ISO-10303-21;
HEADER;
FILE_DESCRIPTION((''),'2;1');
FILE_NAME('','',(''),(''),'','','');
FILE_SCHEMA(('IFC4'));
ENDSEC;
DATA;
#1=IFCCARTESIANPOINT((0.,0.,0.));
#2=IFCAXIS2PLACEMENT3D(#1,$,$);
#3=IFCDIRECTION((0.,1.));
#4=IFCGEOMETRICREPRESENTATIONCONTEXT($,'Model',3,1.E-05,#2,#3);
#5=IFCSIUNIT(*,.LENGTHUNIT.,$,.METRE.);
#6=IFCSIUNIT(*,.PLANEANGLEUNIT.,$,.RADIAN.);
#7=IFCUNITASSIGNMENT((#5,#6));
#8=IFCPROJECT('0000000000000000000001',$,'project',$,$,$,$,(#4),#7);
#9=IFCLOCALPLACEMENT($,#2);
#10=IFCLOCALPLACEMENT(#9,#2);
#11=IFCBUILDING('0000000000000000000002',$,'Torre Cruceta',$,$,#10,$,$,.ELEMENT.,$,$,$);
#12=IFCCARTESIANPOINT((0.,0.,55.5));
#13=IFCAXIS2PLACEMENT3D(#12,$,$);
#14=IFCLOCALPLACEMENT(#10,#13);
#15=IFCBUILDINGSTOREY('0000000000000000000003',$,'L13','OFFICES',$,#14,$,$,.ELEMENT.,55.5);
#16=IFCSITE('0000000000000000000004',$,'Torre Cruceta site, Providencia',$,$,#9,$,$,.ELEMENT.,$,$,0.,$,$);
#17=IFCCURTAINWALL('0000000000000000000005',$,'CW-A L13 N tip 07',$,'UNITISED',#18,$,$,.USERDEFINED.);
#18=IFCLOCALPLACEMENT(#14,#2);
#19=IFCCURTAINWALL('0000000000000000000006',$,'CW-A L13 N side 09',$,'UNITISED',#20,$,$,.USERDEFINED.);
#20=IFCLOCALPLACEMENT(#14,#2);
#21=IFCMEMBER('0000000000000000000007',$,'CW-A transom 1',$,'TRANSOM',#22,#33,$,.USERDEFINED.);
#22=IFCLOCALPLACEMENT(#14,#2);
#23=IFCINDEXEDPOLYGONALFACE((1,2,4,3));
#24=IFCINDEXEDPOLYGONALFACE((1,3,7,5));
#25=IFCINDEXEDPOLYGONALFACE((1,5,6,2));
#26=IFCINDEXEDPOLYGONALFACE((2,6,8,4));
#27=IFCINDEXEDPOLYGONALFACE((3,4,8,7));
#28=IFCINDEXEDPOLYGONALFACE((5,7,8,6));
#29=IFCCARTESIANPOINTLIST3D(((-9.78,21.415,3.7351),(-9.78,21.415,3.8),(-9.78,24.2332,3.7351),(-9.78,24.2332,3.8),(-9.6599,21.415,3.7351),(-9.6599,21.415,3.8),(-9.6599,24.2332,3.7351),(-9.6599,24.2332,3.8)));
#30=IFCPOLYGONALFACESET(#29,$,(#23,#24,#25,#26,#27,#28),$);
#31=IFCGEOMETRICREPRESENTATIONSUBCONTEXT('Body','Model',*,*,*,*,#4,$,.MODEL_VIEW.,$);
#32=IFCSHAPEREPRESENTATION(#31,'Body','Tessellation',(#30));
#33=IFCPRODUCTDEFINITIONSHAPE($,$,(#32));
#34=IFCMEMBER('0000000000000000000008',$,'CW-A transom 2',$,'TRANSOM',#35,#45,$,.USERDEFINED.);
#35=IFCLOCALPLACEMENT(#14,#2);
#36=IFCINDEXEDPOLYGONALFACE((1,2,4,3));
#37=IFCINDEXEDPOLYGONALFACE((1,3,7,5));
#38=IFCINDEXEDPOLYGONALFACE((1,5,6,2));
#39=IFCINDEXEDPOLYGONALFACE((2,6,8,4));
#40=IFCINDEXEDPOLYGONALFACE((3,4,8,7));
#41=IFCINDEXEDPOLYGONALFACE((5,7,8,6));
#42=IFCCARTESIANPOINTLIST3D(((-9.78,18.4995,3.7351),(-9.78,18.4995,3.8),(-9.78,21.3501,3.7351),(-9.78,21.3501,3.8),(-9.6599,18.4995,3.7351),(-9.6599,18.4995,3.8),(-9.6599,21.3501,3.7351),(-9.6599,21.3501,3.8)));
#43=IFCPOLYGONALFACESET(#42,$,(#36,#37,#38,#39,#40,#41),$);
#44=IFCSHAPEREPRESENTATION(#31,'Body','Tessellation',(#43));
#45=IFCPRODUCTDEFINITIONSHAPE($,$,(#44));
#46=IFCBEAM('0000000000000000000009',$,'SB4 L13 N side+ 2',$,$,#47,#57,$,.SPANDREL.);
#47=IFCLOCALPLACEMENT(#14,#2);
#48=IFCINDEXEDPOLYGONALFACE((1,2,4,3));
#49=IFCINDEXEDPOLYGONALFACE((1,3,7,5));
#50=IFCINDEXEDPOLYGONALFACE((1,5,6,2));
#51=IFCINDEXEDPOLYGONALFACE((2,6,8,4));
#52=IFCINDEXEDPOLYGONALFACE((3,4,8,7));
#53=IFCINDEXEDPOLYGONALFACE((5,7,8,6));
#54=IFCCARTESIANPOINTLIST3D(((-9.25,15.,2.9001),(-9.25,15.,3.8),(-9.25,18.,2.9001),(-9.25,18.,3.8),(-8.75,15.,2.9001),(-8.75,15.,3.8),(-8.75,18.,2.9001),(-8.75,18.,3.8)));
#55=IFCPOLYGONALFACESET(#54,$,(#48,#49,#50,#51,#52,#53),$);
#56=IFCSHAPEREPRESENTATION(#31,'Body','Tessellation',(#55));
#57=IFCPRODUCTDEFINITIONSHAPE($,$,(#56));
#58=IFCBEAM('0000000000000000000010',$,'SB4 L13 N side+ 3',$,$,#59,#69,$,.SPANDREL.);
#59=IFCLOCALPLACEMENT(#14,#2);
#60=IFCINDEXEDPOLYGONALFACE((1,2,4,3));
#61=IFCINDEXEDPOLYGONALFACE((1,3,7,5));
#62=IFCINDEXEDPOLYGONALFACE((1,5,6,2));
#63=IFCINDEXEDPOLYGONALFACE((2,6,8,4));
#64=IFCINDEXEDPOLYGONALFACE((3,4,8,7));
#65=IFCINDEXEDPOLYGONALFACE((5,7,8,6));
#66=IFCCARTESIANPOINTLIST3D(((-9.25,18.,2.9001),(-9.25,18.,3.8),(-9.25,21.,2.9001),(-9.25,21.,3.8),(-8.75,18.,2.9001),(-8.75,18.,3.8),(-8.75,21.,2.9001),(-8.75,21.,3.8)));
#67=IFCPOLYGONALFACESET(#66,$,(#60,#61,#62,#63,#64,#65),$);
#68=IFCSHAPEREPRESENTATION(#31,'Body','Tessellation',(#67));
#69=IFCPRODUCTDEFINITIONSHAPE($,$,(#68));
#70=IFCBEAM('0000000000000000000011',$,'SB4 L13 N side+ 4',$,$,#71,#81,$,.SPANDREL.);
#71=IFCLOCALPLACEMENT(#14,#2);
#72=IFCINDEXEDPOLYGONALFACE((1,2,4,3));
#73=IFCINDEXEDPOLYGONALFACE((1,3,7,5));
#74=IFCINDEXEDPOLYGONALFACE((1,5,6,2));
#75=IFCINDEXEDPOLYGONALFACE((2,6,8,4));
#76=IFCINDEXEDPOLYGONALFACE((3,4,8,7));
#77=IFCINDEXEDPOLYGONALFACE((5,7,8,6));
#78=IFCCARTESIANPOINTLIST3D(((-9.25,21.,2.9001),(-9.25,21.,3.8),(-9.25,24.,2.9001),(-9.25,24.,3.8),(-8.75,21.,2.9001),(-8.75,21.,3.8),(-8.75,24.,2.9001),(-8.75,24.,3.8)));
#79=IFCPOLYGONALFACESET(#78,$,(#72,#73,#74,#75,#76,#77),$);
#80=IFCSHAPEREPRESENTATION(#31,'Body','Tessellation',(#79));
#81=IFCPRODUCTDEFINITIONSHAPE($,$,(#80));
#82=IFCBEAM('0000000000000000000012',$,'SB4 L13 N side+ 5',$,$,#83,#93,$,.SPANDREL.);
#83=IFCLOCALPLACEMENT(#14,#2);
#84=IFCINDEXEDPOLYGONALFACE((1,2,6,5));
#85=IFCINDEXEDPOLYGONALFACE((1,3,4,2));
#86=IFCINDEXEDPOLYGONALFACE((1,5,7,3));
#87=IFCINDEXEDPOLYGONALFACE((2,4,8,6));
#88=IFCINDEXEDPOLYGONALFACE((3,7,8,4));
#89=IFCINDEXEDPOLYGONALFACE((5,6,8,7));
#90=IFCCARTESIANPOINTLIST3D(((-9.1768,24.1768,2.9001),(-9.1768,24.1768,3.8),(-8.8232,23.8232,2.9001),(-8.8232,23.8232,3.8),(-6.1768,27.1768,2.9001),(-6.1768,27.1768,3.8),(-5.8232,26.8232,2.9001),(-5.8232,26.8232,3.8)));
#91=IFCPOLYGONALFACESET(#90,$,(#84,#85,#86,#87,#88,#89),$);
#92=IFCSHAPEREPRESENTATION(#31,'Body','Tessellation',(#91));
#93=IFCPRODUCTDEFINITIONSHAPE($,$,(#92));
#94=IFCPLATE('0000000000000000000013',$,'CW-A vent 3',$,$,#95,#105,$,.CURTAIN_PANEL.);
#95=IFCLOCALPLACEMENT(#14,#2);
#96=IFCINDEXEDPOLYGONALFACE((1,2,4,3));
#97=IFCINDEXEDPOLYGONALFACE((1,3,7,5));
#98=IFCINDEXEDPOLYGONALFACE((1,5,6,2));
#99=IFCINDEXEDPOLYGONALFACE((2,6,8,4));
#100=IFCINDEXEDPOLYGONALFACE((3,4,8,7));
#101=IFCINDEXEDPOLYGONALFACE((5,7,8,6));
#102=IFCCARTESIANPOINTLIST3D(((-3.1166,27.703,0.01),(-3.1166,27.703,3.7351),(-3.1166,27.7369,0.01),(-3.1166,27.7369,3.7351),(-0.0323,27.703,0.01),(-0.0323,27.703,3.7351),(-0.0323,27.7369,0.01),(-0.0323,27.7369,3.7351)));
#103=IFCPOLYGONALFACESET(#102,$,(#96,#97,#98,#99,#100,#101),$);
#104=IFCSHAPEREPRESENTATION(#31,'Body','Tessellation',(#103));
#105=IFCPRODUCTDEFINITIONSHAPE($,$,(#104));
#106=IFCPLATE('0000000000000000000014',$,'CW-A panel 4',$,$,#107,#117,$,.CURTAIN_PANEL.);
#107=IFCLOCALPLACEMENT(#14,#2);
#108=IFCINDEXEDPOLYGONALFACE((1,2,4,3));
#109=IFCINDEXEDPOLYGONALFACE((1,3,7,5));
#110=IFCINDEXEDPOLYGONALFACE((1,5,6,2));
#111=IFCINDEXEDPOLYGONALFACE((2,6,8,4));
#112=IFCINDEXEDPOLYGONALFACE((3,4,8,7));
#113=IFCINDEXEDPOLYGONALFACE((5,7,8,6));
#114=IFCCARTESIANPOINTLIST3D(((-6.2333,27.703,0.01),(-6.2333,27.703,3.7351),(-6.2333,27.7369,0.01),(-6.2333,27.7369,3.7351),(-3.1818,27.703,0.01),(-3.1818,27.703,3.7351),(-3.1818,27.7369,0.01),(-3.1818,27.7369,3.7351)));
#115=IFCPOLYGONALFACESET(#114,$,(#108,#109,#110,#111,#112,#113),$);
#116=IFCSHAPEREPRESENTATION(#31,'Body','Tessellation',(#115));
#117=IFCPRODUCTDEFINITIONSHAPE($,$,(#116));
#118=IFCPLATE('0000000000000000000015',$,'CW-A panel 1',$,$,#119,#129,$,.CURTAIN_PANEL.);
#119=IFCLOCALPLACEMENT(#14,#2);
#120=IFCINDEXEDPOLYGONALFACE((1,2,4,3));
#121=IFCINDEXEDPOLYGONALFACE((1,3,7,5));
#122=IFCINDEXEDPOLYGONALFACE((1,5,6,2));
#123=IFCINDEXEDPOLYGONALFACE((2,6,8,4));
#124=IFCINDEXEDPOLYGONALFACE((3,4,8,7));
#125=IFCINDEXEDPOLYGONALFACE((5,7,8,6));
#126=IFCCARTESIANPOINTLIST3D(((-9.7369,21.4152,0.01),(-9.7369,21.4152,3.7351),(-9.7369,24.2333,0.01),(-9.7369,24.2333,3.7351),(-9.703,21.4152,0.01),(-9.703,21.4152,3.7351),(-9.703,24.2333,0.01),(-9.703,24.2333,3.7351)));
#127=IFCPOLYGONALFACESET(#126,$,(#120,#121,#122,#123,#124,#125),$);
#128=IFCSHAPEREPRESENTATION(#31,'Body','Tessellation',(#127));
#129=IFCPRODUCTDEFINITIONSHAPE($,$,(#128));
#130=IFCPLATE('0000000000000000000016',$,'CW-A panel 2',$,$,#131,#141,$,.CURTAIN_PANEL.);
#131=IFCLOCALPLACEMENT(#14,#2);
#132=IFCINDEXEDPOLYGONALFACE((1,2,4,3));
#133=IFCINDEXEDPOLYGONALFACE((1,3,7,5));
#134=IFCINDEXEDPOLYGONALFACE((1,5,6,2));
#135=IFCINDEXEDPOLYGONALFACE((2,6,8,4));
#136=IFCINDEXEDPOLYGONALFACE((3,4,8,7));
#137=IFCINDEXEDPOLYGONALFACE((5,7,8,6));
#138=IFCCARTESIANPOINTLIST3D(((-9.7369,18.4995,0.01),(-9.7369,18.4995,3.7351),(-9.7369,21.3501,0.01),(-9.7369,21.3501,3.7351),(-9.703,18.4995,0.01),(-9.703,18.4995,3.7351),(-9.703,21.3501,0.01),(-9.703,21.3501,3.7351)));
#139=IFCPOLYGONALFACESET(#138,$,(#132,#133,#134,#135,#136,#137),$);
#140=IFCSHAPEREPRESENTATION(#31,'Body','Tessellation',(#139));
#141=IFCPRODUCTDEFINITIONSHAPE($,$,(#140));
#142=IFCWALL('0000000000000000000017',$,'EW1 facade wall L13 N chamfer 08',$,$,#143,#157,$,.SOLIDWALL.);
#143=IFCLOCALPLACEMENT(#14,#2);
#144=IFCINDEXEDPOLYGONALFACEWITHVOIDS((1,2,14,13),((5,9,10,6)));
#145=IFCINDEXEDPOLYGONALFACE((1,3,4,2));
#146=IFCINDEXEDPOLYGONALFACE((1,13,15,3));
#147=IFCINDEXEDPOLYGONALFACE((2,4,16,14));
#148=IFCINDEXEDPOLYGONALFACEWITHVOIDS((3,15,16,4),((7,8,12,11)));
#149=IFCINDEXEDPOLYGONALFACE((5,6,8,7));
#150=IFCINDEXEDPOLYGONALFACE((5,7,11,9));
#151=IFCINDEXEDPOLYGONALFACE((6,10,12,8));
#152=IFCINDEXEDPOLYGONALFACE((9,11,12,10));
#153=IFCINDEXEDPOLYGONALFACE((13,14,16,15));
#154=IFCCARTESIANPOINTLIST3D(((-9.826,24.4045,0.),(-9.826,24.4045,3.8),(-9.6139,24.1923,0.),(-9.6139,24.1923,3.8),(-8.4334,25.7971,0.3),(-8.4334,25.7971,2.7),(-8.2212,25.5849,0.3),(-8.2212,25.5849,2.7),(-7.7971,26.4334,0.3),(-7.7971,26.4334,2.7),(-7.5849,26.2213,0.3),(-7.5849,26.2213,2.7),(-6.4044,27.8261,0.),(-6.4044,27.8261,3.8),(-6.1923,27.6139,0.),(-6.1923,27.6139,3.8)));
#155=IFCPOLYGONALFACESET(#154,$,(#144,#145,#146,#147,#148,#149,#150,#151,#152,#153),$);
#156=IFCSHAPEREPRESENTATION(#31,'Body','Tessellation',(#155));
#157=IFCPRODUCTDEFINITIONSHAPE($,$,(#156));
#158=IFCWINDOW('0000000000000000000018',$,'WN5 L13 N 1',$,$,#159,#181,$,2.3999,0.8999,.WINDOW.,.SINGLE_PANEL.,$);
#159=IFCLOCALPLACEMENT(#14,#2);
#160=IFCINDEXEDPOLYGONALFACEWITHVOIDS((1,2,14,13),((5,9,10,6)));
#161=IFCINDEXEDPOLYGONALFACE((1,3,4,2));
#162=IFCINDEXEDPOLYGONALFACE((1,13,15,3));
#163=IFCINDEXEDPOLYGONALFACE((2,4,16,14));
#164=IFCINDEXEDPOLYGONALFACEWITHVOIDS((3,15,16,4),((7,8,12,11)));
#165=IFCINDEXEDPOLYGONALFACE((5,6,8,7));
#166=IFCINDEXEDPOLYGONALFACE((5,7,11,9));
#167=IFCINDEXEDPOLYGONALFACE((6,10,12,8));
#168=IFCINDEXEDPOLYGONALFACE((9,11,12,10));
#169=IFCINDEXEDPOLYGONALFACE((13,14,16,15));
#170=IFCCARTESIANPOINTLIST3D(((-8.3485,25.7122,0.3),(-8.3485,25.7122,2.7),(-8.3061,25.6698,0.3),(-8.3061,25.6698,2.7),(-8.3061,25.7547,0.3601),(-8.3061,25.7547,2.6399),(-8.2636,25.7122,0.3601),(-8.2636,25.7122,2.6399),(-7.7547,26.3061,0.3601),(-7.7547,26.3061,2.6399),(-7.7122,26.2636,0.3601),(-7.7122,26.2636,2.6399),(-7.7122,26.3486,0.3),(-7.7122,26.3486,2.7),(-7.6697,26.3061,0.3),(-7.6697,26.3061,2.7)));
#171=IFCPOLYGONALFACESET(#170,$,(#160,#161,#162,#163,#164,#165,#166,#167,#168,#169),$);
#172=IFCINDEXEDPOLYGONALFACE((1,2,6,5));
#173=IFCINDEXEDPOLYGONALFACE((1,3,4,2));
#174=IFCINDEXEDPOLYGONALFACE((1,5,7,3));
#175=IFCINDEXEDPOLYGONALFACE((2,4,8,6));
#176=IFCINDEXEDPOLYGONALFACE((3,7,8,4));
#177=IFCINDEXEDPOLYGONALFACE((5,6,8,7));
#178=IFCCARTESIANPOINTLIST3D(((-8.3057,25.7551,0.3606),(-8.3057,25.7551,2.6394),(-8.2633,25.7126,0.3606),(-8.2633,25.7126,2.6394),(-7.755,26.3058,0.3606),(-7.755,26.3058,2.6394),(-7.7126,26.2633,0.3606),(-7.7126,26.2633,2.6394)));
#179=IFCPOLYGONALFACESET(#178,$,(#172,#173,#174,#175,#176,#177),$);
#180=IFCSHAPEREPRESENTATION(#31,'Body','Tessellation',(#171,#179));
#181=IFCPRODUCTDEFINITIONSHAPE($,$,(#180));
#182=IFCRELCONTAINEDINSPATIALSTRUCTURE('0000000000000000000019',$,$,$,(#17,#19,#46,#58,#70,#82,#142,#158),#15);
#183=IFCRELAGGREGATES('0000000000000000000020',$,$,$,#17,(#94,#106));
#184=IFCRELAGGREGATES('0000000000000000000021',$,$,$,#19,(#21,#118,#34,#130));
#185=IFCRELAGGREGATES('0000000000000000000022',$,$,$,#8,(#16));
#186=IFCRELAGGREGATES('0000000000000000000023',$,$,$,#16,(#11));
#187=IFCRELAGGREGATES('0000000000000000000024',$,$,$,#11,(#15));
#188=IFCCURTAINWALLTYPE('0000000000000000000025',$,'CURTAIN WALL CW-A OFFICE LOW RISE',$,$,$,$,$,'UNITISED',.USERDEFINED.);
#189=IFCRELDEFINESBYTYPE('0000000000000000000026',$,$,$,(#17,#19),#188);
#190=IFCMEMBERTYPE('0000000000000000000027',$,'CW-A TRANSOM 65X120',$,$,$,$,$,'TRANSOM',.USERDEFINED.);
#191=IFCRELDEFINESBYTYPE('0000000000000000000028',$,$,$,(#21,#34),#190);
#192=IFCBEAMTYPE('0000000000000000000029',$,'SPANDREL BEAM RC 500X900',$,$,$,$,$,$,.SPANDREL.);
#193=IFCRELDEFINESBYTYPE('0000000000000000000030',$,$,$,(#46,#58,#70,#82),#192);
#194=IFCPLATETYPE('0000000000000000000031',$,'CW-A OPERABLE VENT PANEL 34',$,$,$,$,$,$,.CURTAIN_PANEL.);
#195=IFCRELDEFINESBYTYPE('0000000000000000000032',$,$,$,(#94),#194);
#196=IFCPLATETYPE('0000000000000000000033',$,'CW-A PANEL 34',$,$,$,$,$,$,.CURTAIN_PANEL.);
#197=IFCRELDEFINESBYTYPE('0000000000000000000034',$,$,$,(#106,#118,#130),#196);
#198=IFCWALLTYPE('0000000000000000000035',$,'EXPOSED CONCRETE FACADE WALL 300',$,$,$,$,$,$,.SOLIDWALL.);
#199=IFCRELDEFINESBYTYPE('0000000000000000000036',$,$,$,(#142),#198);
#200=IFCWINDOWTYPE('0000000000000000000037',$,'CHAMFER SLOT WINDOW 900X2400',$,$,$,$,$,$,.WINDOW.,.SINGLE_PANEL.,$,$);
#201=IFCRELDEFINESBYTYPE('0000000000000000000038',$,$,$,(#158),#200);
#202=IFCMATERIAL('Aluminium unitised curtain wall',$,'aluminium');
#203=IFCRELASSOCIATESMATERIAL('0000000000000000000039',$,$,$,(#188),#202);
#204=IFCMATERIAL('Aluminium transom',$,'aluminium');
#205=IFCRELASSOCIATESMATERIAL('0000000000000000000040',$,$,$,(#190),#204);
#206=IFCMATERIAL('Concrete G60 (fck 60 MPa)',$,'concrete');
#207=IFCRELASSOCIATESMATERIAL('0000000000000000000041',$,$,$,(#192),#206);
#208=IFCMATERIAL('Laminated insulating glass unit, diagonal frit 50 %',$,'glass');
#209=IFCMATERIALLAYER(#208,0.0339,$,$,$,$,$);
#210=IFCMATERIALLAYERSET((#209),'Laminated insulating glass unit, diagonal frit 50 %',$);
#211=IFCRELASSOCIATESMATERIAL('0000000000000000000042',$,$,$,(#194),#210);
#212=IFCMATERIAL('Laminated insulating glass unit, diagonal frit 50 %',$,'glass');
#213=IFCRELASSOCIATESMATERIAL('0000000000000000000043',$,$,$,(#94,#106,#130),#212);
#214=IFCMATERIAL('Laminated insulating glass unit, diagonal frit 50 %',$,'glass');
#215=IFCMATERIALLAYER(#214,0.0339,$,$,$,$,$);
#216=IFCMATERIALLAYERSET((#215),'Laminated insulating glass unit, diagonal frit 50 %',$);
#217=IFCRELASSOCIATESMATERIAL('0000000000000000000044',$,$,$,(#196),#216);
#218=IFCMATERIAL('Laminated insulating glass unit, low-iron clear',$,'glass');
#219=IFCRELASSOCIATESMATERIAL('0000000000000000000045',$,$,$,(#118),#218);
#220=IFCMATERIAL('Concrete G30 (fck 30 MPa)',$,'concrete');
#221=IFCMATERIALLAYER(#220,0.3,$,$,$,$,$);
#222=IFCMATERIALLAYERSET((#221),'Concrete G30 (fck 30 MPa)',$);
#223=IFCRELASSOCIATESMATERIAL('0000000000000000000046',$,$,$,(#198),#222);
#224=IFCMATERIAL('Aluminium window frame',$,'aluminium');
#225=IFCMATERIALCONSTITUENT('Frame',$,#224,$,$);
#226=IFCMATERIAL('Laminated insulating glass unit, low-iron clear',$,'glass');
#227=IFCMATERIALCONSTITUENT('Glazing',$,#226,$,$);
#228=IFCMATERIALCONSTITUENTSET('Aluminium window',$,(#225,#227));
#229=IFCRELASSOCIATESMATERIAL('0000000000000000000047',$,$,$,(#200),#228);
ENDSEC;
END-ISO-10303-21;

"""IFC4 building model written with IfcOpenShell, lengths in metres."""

from ifc_helpers import new_model, si_unit, direction, frame, frame_2d, origin, origin_2d, place, context, subcontext, project, spatial, rectangle, hollow_rectangle, extrude, material, layer, layer_set, constituent, constituent_set, material_profile, profile_set, type_object, element, fill, aggregate, save


model = new_model("IFC4")

# Units and contexts
model_context = context("Model", 3, precision=1e-05, world=origin(), true_north=direction((0.0, 1.0)))
body_context = subcontext(model_context, "Body", "Model", "MODEL_VIEW")
ifc_project = project(units=[si_unit("LENGTHUNIT", "METRE"), si_unit("PLANEANGLEUNIT", "RADIAN")], contexts=[model_context])

# Site, building, storey
site_placement = place(None, origin())
site = spatial("IfcSite", under=ifc_project, at=site_placement, Name="Torre Cruceta site, Providencia", CompositionType="ELEMENT", RefElevation=0.0)
building_placement = place(site_placement, origin())
building = spatial("IfcBuilding", under=site, at=building_placement, Name="Torre Cruceta", CompositionType="ELEMENT")
storey_placement = place(building_placement, frame((0.0, 0.0, 55.5)))
storey = spatial("IfcBuildingStorey", under=building, at=storey_placement, Name="L13", Description="OFFICES", CompositionType="ELEMENT", Elevation=55.5)

# Curtain walls
ifc_material_1 = material(Name="Aluminium unitised curtain wall", Category="aluminium")
curtain_wall_type = type_object("IfcCurtainWallType", Name="CURTAIN WALL CW-A OFFICE LOW RISE", ElementType="UNITISED", PredefinedType="USERDEFINED", material=ifc_material_1)
curtain_wall_1_placement = place(storey_placement, origin())
curtain_wall_1 = element("IfcCurtainWall", 1, at=curtain_wall_1_placement, inside=storey, type_object=curtain_wall_type, Name="CW-A L13 N tip 07", ObjectType="UNITISED", PredefinedType="USERDEFINED")
curtain_wall_2_placement = place(storey_placement, origin())
curtain_wall_2 = element("IfcCurtainWall", 2, at=curtain_wall_2_placement, inside=storey, type_object=curtain_wall_type, Name="CW-A L13 N side 09", ObjectType="UNITISED", PredefinedType="USERDEFINED")

# Members
ifc_material_2 = material(Name="Aluminium transom", Category="aluminium")
ifc_material_profile_1 = material_profile(ifc_material_2, rectangle(XDim=0.1201, YDim=0.0649, at=origin_2d()), Name="AL 120X65")
ifc_profile_set_1 = profile_set([ifc_material_profile_1], Name="Aluminium transom")
member_type_1 = type_object("IfcMemberType", Name="CW-A TRANSOM 65X120", ElementType="TRANSOM", PredefinedType="USERDEFINED", material=ifc_profile_set_1)
member_1_placement = place(storey_placement, frame((-9.72, 24.2332, 3.7676), z_axis=(0.0, -1.0, 0.0), x_axis=(1.0, 0.0, 0.0)))
member_1 = element("IfcMember", 3, at=member_1_placement, type_object=member_type_1, Name="CW-A transom 1", ObjectType="TRANSOM", PredefinedType="USERDEFINED", context=body_context, shape_type="SweptSolid", body=[
    extrude(rectangle(XDim=0.1201, YDim=0.0649, at=origin_2d()), origin(), (0.0, 0.0, 1.0), 2.8181),
])
member_2_placement = place(storey_placement, frame((-9.72, 21.3501, 3.7676), z_axis=(0.0, -1.0, 0.0), x_axis=(1.0, 0.0, 0.0)))
member_2 = element("IfcMember", 4, at=member_2_placement, type_object=member_type_1, Name="CW-A transom 2", ObjectType="TRANSOM", PredefinedType="USERDEFINED", context=body_context, shape_type="SweptSolid", body=[
    extrude(rectangle(XDim=0.1201, YDim=0.0649, at=origin_2d()), origin(), (0.0, 0.0, 1.0), 2.8506),
])

# Beams
ifc_material_3 = material(Name="Concrete G60 (fck 60 MPa)", Category="concrete")
ifc_material_profile_2 = material_profile(ifc_material_3, rectangle(XDim=0.5, YDim=0.8999, at=origin_2d()), Name="RC 500X900")
ifc_profile_set_2 = profile_set([ifc_material_profile_2], Name="Concrete G60 (fck 60 MPa)")
beam_type_1 = type_object("IfcBeamType", Name="SPANDREL BEAM RC 500X900", PredefinedType="SPANDREL", material=ifc_profile_set_2)
for number, where, z_axis, x_axis, name in (
    (5, (-9.0, 15.0, 3.3501), (0.0, 1.0, 0.0), (-1.0, 0.0, 0.0), "SB4 L13 N side+ 2"),
    (6, (-9.0, 18.0, 3.3501), (0.0, 1.0, 0.0), (-1.0, 0.0, 0.0), "SB4 L13 N side+ 3"),
    (7, (-9.0, 21.0, 3.3501), (0.0, 1.0, 0.0), (-1.0, 0.0, 0.0), "SB4 L13 N side+ 4"),
):
    element("IfcBeam", number, at=place(storey_placement, frame(where, z_axis=z_axis, x_axis=x_axis)), inside=storey, type_object=beam_type_1, Name=name, PredefinedType="SPANDREL", context=body_context, shape_type="SweptSolid", body=[
        extrude(rectangle(XDim=0.5, YDim=0.8999, at=origin_2d()), origin(), (0.0, 0.0, 1.0), 3.0),
    ])
beam_placement = place(storey_placement, frame((-9.0, 24.0, 3.3501), z_axis=(0.707107, 0.707107, 0.0), x_axis=(-0.707107, 0.707107, 0.0)))
element("IfcBeam", 8, at=beam_placement, inside=storey, type_object=beam_type_1, Name="SB4 L13 N side+ 5", PredefinedType="SPANDREL", context=body_context, shape_type="SweptSolid", body=[
    extrude(rectangle(XDim=0.5, YDim=0.8999, at=origin_2d()), origin(), (0.0, 0.0, 1.0), 4.2427),
])

# Plates
ifc_material_4 = material(Name="Laminated insulating glass unit, diagonal frit 50 %", Category="glass")
ifc_material_5 = material(Name="Laminated insulating glass unit, diagonal frit 50 %", Category="glass")
ifc_layer_1 = layer(ifc_material_5, 0.0339)
ifc_layer_set_1 = layer_set([ifc_layer_1], Name="Laminated insulating glass unit, diagonal frit 50 %")
plate_type_1 = type_object("IfcPlateType", Name="CW-A OPERABLE VENT PANEL 34", PredefinedType="CURTAIN_PANEL", material=ifc_layer_set_1)
plate_1_placement = place(storey_placement, frame((-1.5745, 27.72, 0.01), z_axis=(0.0, 0.0, 1.0), x_axis=(-1.0, 0.0, 0.0)))
plate_1 = element("IfcPlate", 9, at=plate_1_placement, type_object=plate_type_1, material=ifc_material_4, Name="CW-A vent 3", PredefinedType="CURTAIN_PANEL", context=body_context, shape_type="SweptSolid", body=[
    extrude(rectangle(XDim=3.0842, YDim=0.0339, at=origin_2d()), origin(), (0.0, 0.0, 1.0), 3.7251),
])
ifc_material_6 = material(Name="Laminated insulating glass unit, diagonal frit 50 %", Category="glass")
ifc_layer_2 = layer(ifc_material_6, 0.0339)
ifc_layer_set_2 = layer_set([ifc_layer_2], Name="Laminated insulating glass unit, diagonal frit 50 %")
plate_type_2 = type_object("IfcPlateType", Name="CW-A PANEL 34", PredefinedType="CURTAIN_PANEL", material=ifc_layer_set_2)
plate_2_placement = place(storey_placement, frame((-4.7075, 27.72, 0.01), z_axis=(0.0, 0.0, 1.0), x_axis=(-1.0, 0.0, 0.0)))
plate_2 = element("IfcPlate", 10, at=plate_2_placement, type_object=plate_type_2, material=ifc_material_4, Name="CW-A panel 4", PredefinedType="CURTAIN_PANEL", context=body_context, shape_type="SweptSolid", body=[
    extrude(rectangle(XDim=3.0515, YDim=0.0339, at=origin_2d()), origin(), (0.0, 0.0, 1.0), 3.7251),
])
aggregate(curtain_wall_1, [plate_1, plate_2])
ifc_material_7 = material(Name="Laminated insulating glass unit, low-iron clear", Category="glass")
plate_3_placement = place(storey_placement, frame((-9.72, 22.8242, 0.01), z_axis=(0.0, 0.0, 1.0), x_axis=(0.0, -1.0, 0.0)))
plate_3 = element("IfcPlate", 11, at=plate_3_placement, type_object=plate_type_2, material=ifc_material_7, Name="CW-A panel 1", PredefinedType="CURTAIN_PANEL", context=body_context, shape_type="SweptSolid", body=[
    extrude(rectangle(XDim=2.8181, YDim=0.0339, at=origin_2d()), origin(), (0.0, 0.0, 1.0), 3.7251),
])
plate_4_placement = place(storey_placement, frame((-9.72, 19.9248, 0.01), z_axis=(0.0, 0.0, 1.0), x_axis=(0.0, -1.0, 0.0)))
plate_4 = element("IfcPlate", 12, at=plate_4_placement, type_object=plate_type_2, material=ifc_material_4, Name="CW-A panel 2", PredefinedType="CURTAIN_PANEL", context=body_context, shape_type="SweptSolid", body=[
    extrude(rectangle(XDim=2.8506, YDim=0.0339, at=origin_2d()), origin(), (0.0, 0.0, 1.0), 3.7251),
])
aggregate(curtain_wall_2, [member_1, plate_3, member_2, plate_4])

# Wall, opening, window
ifc_material_8 = material(Name="Concrete G30 (fck 30 MPa)", Category="concrete")
ifc_layer_3 = layer(ifc_material_8, 0.3)
ifc_layer_set_3 = layer_set([ifc_layer_3], Name="Concrete G30 (fck 30 MPa)")
wall_type_1 = type_object("IfcWallType", Name="EXPOSED CONCRETE FACADE WALL 300", PredefinedType="SOLIDWALL", material=ifc_layer_set_3)
wall_1_placement = place(storey_placement, frame((-6.2983, 27.72, 0.0), z_axis=(0.0, 0.0, 1.0), x_axis=(-0.707107, -0.707107, 0.0)))
wall_1 = element("IfcWall", 13, at=wall_1_placement, inside=storey, type_object=wall_type_1, Name="EW1 facade wall L13 N chamfer 08", PredefinedType="SOLIDWALL", context=body_context, shape_type="SweptSolid", body=[
    extrude(rectangle(XDim=4.8389, YDim=0.3, at=frame_2d((2.4194, 0.0))), origin(), (0.0, 0.0, 1.0), 3.8),
])
opening_1_placement = place(wall_1_placement, frame((1.9695, 0.0, 0.3)))
opening_1 = element("IfcOpeningElement", 14, at=opening_1_placement, cuts=wall_1, PredefinedType="OPENING", context=body_context, shape_type="SweptSolid", body=[
    extrude(rectangle(XDim=0.8999, YDim=2.3999, at=frame_2d((0.45, 1.2))), frame((0.0, 0.1599, 0.0), z_axis=(0.0, -1.0, 0.0), x_axis=(1.0, 0.0, 0.0)), (0.0, 0.0, 1.0), 0.3201),
])
ifc_material_9 = material(Name="Aluminium window frame", Category="aluminium")
ifc_constituent_1 = constituent(ifc_material_9, Name="Frame")
ifc_material_10 = material(Name="Laminated insulating glass unit, low-iron clear", Category="glass")
ifc_constituent_2 = constituent(ifc_material_10, Name="Glazing")
ifc_constituent_set_1 = constituent_set(constituents=[ifc_constituent_1, ifc_constituent_2], Name="Aluminium window")
window_type = type_object("IfcWindowType", Name="CHAMFER SLOT WINDOW 900X2400", PartitioningType="SINGLE_PANEL", PredefinedType="WINDOW", material=ifc_constituent_set_1)
window_placement = place(opening_1_placement, origin())
window = element("IfcWindow", 15, at=window_placement, inside=storey, type_object=window_type, Name="WN5 L13 N 1", OverallHeight=2.3999, OverallWidth=0.8999, PartitioningType="SINGLE_PANEL", PredefinedType="WINDOW", context=body_context, shape_type="SweptSolid", body=[
    extrude(hollow_rectangle(XDim=0.8999, YDim=2.3999, WallThickness=0.0601, at=frame_2d((0.45, 1.2))), frame((0.0, 0.03, 0.0), z_axis=(0.0, -1.0, 0.0), x_axis=(1.0, 0.0, 0.0)), (0.0, 0.0, 1.0), 0.0601),
    extrude(rectangle(XDim=0.7788, YDim=2.2788, at=frame_2d((0.45, 1.2))), frame((0.0, 0.03, 0.0), z_axis=(0.0, -1.0, 0.0), x_axis=(1.0, 0.0, 0.0)), (0.0, 0.0, 1.0), 0.0601),
])
fill(opening_1, window)

save(model, "model.ifc")
